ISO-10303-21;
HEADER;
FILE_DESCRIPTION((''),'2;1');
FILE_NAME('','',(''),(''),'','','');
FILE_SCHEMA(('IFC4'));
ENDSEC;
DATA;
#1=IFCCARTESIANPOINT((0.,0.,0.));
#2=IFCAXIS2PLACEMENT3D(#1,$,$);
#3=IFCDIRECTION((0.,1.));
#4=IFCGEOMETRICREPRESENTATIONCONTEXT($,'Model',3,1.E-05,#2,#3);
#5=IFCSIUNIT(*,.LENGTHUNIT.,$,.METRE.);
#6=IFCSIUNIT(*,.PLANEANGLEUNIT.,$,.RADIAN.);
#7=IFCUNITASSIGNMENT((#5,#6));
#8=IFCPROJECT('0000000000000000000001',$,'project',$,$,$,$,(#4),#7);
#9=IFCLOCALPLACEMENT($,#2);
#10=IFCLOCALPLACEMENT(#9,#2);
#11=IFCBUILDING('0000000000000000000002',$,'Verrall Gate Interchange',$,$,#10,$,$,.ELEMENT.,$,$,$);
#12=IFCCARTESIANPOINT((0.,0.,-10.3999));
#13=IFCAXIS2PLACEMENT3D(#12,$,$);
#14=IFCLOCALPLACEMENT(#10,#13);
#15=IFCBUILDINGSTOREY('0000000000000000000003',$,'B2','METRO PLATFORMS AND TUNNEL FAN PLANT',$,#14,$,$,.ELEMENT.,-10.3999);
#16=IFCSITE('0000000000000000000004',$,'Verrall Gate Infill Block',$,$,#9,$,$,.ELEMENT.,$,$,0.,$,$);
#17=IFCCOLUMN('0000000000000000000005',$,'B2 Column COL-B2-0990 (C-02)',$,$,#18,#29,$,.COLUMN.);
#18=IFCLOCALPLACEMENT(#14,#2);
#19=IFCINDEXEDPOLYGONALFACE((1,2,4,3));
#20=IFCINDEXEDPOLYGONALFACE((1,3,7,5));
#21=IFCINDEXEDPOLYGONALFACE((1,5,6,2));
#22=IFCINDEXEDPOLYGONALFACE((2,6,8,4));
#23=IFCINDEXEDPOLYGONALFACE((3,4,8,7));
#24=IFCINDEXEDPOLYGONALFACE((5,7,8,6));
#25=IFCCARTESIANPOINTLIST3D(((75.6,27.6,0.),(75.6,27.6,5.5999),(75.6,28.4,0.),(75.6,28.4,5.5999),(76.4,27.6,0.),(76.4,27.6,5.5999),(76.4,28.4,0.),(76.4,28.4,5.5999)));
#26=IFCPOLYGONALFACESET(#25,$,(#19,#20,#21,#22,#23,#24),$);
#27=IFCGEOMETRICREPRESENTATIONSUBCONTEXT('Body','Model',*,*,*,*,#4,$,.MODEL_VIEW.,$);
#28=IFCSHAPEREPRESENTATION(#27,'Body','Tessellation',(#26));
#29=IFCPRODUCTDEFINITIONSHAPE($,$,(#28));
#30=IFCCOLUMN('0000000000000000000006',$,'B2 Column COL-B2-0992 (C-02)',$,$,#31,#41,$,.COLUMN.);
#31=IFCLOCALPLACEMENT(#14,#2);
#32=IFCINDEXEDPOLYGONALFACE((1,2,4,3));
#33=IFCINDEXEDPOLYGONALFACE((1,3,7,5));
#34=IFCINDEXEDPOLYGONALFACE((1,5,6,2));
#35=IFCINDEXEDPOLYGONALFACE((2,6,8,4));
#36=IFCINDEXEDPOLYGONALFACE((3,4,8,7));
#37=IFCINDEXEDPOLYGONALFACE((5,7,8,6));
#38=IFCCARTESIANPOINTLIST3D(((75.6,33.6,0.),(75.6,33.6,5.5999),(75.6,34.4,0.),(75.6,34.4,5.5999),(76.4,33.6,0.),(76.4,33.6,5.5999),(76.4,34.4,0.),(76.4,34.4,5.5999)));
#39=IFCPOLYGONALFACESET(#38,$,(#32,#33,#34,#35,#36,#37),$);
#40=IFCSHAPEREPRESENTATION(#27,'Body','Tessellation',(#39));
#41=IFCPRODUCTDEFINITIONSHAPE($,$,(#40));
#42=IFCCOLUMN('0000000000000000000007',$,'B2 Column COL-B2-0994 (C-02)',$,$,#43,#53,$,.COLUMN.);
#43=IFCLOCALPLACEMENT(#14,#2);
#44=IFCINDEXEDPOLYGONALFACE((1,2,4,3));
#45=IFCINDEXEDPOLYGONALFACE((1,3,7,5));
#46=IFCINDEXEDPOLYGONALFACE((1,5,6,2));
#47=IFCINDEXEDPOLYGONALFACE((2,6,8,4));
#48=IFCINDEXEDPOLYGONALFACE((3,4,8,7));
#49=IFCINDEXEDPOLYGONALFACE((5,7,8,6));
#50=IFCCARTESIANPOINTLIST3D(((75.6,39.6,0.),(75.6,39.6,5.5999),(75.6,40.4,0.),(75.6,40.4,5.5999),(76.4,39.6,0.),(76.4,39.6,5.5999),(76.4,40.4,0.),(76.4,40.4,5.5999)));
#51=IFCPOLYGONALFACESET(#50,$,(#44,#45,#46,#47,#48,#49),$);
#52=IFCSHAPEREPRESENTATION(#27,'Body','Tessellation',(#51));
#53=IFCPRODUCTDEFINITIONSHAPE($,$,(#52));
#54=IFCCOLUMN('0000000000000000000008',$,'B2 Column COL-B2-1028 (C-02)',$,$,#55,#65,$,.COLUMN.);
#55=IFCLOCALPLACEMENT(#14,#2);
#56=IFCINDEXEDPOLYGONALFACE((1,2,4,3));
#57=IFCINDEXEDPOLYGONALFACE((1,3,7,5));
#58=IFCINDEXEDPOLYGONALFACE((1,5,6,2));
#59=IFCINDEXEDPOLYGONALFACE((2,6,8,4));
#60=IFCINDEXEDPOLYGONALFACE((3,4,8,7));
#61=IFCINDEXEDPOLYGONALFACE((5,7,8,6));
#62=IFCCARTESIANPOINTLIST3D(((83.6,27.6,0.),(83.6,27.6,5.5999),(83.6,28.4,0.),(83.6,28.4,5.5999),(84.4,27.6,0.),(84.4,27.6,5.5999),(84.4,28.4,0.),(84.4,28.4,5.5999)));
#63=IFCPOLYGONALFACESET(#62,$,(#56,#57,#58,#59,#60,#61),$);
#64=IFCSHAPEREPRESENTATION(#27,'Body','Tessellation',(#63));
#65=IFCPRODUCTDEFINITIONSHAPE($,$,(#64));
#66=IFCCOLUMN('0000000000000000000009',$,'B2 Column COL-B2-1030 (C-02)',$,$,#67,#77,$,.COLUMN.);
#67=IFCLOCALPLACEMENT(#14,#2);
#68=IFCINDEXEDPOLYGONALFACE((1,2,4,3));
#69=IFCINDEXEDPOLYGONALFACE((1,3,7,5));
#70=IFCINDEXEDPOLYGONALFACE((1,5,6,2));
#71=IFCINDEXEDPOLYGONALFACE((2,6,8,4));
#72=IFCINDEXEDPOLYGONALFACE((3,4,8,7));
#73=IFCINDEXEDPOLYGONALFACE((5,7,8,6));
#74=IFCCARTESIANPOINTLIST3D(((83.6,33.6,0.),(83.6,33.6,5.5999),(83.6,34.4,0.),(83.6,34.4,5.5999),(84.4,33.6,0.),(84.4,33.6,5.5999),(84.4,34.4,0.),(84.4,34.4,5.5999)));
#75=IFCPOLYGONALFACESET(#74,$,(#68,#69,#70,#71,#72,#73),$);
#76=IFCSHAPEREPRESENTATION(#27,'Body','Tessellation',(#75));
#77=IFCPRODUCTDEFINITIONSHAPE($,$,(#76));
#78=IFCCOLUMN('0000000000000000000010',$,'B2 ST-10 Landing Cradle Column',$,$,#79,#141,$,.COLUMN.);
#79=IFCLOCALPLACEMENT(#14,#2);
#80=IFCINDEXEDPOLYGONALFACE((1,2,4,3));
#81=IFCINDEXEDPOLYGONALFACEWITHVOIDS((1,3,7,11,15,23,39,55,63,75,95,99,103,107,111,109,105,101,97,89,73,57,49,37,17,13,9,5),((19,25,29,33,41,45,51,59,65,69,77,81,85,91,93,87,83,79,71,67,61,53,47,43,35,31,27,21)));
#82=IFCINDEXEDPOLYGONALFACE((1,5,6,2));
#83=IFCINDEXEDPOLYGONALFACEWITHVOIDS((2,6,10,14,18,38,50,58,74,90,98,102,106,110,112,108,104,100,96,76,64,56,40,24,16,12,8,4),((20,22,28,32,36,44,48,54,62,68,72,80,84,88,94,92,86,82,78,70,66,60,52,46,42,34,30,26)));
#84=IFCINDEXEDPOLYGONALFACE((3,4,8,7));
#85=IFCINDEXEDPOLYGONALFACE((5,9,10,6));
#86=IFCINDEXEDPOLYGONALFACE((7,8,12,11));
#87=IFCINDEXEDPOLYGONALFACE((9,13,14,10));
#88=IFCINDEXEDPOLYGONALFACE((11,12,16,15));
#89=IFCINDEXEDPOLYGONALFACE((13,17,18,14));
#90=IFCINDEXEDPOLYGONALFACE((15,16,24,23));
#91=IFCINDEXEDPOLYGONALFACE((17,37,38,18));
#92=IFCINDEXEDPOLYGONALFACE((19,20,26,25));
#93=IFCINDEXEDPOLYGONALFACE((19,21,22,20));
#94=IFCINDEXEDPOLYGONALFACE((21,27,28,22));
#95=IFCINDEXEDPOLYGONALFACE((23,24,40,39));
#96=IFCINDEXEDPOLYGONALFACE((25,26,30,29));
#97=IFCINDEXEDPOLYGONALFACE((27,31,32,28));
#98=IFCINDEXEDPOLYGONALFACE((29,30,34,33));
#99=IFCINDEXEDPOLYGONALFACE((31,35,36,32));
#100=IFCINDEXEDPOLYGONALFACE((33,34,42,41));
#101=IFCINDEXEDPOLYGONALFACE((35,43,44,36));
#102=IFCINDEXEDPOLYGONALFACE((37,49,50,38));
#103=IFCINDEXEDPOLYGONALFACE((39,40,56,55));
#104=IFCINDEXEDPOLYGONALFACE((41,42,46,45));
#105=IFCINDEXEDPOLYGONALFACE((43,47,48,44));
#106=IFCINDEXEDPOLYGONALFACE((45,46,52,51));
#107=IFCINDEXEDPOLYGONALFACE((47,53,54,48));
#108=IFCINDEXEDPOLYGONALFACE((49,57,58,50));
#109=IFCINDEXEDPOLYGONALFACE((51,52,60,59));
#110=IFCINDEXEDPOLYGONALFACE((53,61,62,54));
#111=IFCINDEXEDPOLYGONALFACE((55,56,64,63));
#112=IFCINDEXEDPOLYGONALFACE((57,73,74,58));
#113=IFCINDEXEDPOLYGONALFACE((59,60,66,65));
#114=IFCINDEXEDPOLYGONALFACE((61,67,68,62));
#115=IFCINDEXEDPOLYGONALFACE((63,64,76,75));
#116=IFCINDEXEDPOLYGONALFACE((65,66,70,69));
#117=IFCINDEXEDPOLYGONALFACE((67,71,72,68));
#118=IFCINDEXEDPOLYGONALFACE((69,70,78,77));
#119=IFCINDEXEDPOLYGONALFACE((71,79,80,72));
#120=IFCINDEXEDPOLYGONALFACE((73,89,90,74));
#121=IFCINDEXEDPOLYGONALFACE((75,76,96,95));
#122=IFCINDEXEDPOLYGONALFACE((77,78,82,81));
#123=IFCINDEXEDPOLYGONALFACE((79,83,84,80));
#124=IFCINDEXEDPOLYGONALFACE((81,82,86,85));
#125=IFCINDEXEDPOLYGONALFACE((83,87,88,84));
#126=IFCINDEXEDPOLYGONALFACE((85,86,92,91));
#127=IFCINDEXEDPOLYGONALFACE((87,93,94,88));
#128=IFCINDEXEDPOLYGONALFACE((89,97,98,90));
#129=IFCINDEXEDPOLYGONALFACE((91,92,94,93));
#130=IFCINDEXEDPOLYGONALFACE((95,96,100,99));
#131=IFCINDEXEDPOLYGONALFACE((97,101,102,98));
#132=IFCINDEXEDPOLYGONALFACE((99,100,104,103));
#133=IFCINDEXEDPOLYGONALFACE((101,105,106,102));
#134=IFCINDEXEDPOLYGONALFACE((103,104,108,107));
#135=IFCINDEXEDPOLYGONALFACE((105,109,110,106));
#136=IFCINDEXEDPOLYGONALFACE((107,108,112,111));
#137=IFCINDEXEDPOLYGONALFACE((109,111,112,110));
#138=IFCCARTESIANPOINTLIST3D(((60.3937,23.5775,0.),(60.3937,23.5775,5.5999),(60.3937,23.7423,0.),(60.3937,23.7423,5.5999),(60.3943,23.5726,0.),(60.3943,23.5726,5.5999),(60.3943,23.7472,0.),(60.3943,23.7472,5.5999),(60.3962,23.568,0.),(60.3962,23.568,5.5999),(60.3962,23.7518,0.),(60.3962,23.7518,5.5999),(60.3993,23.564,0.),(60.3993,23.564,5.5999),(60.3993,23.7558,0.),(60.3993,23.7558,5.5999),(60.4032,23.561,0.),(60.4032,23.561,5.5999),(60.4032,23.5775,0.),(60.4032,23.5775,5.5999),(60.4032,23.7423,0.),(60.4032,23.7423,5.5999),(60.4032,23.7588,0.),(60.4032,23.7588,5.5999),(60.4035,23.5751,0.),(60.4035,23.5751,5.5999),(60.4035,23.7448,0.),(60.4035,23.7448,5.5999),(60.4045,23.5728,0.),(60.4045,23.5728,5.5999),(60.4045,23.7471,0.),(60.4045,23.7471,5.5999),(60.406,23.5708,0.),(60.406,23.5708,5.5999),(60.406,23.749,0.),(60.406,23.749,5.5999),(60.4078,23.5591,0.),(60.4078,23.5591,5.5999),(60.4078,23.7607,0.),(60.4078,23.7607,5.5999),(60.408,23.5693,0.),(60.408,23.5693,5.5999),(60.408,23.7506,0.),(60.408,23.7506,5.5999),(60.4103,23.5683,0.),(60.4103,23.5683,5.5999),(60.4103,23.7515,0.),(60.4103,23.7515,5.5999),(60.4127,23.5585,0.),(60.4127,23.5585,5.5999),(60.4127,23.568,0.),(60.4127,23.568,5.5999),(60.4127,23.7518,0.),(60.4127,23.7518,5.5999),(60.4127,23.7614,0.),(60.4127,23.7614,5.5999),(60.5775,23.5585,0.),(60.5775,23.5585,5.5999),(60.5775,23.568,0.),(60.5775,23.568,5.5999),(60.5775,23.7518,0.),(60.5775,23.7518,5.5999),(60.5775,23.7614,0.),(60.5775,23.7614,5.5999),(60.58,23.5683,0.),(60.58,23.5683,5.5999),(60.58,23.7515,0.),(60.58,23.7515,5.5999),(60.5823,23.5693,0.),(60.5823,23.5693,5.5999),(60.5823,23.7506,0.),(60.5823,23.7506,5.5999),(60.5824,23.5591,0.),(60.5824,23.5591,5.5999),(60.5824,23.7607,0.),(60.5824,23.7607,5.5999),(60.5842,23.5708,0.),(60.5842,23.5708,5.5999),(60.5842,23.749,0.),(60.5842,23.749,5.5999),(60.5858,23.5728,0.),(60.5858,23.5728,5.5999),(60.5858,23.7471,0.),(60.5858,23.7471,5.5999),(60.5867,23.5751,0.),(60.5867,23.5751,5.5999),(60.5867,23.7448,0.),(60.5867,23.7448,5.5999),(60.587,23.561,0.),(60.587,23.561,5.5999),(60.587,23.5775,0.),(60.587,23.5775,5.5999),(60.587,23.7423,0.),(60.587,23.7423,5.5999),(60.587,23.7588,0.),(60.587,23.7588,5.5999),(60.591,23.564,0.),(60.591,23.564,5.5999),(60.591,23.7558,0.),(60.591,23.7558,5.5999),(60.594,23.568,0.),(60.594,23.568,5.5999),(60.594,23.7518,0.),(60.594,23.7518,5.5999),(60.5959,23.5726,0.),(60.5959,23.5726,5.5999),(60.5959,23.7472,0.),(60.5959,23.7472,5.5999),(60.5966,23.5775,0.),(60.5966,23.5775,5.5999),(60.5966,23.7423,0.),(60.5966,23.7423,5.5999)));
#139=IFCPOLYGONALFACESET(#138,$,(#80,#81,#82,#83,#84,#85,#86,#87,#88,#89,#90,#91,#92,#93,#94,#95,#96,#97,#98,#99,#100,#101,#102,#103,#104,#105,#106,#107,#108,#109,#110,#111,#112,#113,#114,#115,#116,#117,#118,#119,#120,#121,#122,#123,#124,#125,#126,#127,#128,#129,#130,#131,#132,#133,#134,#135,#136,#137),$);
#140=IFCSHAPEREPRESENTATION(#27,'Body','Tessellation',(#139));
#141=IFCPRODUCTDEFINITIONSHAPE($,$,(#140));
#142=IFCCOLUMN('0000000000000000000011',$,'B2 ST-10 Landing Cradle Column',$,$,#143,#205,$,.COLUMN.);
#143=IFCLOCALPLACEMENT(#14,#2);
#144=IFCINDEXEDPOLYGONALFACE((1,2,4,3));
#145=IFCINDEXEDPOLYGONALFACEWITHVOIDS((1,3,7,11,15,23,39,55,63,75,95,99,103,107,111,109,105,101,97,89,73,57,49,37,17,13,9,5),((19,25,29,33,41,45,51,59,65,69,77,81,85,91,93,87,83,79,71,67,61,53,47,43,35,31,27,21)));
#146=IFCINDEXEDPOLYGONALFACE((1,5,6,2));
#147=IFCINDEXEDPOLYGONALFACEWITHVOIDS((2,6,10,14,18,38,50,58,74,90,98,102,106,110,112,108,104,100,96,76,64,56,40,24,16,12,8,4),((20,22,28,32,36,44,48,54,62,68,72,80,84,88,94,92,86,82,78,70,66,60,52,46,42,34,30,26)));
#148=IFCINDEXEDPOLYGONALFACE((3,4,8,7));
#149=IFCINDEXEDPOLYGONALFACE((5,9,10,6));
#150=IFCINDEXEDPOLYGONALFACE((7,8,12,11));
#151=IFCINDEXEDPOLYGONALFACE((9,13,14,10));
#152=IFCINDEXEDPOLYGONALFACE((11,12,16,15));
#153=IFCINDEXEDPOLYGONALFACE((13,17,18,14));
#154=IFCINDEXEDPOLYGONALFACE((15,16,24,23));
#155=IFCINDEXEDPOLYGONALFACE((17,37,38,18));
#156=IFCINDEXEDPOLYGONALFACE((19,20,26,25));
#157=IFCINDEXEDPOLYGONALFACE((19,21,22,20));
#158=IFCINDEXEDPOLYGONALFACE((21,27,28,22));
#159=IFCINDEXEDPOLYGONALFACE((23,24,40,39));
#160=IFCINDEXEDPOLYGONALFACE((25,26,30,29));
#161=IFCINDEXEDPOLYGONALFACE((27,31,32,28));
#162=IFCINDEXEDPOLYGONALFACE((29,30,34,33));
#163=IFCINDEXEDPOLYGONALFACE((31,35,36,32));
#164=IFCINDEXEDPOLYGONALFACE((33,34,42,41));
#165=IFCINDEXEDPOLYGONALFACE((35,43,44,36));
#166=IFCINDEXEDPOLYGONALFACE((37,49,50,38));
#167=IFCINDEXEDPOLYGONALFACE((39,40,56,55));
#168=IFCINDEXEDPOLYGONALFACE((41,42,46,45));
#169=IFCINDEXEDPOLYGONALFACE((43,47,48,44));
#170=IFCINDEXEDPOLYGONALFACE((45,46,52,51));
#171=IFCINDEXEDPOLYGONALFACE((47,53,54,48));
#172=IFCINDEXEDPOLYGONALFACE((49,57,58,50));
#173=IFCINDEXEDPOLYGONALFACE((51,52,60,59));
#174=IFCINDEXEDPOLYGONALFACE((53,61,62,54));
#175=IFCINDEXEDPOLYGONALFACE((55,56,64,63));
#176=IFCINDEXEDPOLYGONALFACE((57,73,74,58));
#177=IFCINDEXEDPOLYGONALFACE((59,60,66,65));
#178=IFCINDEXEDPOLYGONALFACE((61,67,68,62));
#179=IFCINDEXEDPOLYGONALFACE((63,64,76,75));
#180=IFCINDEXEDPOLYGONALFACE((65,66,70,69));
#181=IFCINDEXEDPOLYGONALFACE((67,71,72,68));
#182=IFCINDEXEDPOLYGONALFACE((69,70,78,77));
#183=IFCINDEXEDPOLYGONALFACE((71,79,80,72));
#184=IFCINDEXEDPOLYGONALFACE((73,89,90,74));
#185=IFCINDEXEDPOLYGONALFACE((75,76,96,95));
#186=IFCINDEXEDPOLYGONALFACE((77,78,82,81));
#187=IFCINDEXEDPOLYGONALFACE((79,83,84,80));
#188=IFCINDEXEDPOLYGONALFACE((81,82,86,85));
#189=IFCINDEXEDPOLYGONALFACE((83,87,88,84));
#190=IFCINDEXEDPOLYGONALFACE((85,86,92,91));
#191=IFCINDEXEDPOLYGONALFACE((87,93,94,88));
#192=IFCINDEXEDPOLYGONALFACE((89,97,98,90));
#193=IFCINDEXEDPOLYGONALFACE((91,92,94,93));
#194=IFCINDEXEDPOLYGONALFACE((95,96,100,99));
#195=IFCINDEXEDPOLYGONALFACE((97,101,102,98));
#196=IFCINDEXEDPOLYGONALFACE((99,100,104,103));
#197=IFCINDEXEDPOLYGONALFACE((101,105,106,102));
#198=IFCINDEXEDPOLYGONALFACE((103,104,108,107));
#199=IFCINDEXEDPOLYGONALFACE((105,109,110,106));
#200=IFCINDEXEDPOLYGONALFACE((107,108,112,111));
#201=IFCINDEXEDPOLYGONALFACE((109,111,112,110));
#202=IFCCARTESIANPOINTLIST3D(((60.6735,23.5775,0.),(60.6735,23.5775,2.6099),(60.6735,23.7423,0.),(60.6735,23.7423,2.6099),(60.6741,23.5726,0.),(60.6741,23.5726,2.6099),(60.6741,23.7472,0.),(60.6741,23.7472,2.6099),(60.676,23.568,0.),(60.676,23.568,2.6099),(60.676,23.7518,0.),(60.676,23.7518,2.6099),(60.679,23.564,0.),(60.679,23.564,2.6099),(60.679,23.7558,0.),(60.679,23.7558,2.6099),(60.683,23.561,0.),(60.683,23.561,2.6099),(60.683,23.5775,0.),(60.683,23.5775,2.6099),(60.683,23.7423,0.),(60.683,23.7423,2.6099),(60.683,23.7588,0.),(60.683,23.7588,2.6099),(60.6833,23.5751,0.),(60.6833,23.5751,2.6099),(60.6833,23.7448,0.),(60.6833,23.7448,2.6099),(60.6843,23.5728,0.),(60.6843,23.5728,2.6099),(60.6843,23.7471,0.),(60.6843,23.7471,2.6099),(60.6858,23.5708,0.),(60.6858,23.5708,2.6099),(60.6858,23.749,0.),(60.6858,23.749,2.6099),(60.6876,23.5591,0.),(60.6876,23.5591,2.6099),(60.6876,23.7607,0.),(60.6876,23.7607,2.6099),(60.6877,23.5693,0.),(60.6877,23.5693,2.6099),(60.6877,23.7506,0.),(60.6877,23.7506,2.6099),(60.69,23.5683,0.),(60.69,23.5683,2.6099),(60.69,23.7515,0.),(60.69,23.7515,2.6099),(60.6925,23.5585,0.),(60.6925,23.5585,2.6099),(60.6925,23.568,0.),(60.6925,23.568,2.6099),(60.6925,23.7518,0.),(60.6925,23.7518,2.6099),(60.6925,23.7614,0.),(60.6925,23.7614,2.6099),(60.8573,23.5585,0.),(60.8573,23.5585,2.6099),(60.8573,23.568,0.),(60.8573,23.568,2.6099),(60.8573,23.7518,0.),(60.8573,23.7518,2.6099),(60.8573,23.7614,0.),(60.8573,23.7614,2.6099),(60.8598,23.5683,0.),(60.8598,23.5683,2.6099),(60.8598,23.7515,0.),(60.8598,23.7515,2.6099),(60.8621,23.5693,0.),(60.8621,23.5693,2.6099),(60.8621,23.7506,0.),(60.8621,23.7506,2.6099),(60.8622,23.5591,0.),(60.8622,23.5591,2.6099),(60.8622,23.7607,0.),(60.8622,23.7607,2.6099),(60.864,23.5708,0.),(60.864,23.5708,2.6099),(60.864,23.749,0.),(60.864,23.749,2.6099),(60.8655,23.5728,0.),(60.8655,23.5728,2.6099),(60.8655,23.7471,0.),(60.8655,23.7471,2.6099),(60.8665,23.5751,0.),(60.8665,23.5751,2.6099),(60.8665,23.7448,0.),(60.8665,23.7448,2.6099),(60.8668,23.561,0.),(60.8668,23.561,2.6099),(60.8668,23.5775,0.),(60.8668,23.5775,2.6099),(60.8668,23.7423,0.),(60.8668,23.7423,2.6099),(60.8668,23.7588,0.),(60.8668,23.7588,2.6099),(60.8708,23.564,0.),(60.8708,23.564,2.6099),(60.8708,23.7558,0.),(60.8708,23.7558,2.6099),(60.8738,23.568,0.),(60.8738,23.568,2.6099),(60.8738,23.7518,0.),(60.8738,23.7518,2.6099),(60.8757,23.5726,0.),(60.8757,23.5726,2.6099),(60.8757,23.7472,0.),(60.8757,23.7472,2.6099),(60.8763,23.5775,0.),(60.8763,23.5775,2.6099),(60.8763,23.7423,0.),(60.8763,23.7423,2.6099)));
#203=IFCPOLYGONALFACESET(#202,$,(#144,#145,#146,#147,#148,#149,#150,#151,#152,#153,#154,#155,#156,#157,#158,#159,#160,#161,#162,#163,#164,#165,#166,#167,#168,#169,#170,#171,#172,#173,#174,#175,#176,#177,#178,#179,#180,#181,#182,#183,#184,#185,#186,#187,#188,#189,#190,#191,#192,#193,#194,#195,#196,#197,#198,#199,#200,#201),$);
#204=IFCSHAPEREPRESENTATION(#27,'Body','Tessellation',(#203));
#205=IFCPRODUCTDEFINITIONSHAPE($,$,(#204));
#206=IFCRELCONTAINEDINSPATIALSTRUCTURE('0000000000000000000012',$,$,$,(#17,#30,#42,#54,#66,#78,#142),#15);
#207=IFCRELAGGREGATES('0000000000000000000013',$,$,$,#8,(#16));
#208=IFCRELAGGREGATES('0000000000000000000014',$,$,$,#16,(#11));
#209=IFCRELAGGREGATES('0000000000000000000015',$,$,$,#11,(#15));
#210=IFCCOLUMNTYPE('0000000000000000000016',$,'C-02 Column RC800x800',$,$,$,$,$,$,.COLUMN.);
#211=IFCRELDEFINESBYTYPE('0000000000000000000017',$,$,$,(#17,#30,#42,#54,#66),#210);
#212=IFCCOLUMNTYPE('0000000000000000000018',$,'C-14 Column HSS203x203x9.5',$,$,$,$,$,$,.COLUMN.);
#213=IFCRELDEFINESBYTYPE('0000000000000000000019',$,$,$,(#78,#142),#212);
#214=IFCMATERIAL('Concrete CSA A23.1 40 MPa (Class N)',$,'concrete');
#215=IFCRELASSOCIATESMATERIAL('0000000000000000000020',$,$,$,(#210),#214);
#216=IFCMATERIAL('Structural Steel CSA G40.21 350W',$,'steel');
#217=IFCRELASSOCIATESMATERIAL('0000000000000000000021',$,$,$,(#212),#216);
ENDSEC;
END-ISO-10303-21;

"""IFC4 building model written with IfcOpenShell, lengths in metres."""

from ifc_helpers import new_model, si_unit, direction, frame, origin, origin_2d, place, context, subcontext, project, spatial, rectangle, hollow_rectangle, extrude, material, material_profile, profile_set, type_object, element, save


model = new_model("IFC4")

# Units and contexts
model_context = context("Model", 3, precision=1e-05, world=origin(), true_north=direction((0.0, 1.0)))
body_context = subcontext(model_context, "Body", "Model", "MODEL_VIEW")
ifc_project = project(units=[si_unit("LENGTHUNIT", "METRE"), si_unit("PLANEANGLEUNIT", "RADIAN")], contexts=[model_context])

# Site, building, storey
site_placement = place(None, origin())
site = spatial("IfcSite", under=ifc_project, at=site_placement, Name="Verrall Gate Infill Block", CompositionType="ELEMENT", RefElevation=0.0)
building_placement = place(site_placement, origin())
building = spatial("IfcBuilding", under=site, at=building_placement, Name="Verrall Gate Interchange", CompositionType="ELEMENT")
storey_placement = place(building_placement, frame((0.0, 0.0, -10.3999)))
storey = spatial("IfcBuildingStorey", under=building, at=storey_placement, Name="B2", Description="METRO PLATFORMS AND TUNNEL FAN PLANT", CompositionType="ELEMENT", Elevation=-10.3999)

# Columns
ifc_material_1 = material(Name="Concrete CSA A23.1 40 MPa (Class N)", Category="concrete")
ifc_material_profile_1 = material_profile(ifc_material_1, rectangle(XDim=0.8, YDim=0.8, at=origin_2d()), Name="RC800x800")
ifc_profile_set_1 = profile_set([ifc_material_profile_1], Name="Concrete CSA A23.1 40 MPa (Class N)")
column_type_1 = type_object("IfcColumnType", Name="C-02 Column RC800x800", PredefinedType="COLUMN", material=ifc_profile_set_1)
for number, where, z_axis, x_axis, name in (
    (1, (76.0, 28.0, 0.0), (0.0, 0.0, 1.0), (1.0, 0.0, 0.0), "B2 Column COL-B2-0990 (C-02)"),
    (2, (76.0, 34.0, 0.0), (0.0, 0.0, 1.0), (1.0, 0.0, 0.0), "B2 Column COL-B2-0992 (C-02)"),
    (3, (76.0, 40.0, 0.0), (0.0, 0.0, 1.0), (1.0, 0.0, 0.0), "B2 Column COL-B2-0994 (C-02)"),
    (4, (84.0, 28.0, 0.0), (0.0, 0.0, 1.0), (1.0, 0.0, 0.0), "B2 Column COL-B2-1028 (C-02)"),
    (5, (84.0, 34.0, 0.0), (0.0, 0.0, 1.0), (1.0, 0.0, 0.0), "B2 Column COL-B2-1030 (C-02)"),
):
    element("IfcColumn", number, at=place(storey_placement, frame(where, z_axis=z_axis, x_axis=x_axis)), inside=storey, type_object=column_type_1, Name=name, PredefinedType="COLUMN", context=body_context, shape_type="SweptSolid", body=[
        extrude(rectangle(XDim=0.8, YDim=0.8, at=origin_2d()), origin(), (0.0, 0.0, 1.0), 5.5999),
    ])
ifc_material_2 = material(Name="Structural Steel CSA G40.21 350W", Category="steel")
ifc_material_profile_2 = material_profile(ifc_material_2, hollow_rectangle(XDim=0.2029, YDim=0.2029, WallThickness=0.0095, InnerFilletRadius=0.0095, OuterFilletRadius=0.019, at=origin_2d()), Name="HSS203x203x9.5")
ifc_profile_set_2 = profile_set([ifc_material_profile_2], Name="Structural Steel CSA G40.21 350W")
column_type_2 = type_object("IfcColumnType", Name="C-14 Column HSS203x203x9.5", PredefinedType="COLUMN", material=ifc_profile_set_2)
column_1_placement = place(storey_placement, frame((60.4951, 23.6599, 0.0), z_axis=(0.0, 0.0, 1.0), x_axis=(1.0, 0.0, 0.0)))
element("IfcColumn", 6, at=column_1_placement, inside=storey, type_object=column_type_2, Name="B2 ST-10 Landing Cradle Column", PredefinedType="COLUMN", context=body_context, shape_type="SweptSolid", body=[
    extrude(hollow_rectangle(XDim=0.2029, YDim=0.2029, WallThickness=0.0095, InnerFilletRadius=0.0095, OuterFilletRadius=0.019, at=origin_2d()), origin(), (0.0, 0.0, 1.0), 5.5999),
])
column_2_placement = place(storey_placement, frame((60.7749, 23.6599, 0.0), z_axis=(0.0, 0.0, 1.0), x_axis=(1.0, 0.0, 0.0)))
element("IfcColumn", 7, at=column_2_placement, inside=storey, type_object=column_type_2, Name="B2 ST-10 Landing Cradle Column", PredefinedType="COLUMN", context=body_context, shape_type="SweptSolid", body=[
    extrude(hollow_rectangle(XDim=0.2029, YDim=0.2029, WallThickness=0.0095, InnerFilletRadius=0.0095, OuterFilletRadius=0.019, at=origin_2d()), origin(), (0.0, 0.0, 1.0), 2.6099),
])

save(model, "model.ifc")
